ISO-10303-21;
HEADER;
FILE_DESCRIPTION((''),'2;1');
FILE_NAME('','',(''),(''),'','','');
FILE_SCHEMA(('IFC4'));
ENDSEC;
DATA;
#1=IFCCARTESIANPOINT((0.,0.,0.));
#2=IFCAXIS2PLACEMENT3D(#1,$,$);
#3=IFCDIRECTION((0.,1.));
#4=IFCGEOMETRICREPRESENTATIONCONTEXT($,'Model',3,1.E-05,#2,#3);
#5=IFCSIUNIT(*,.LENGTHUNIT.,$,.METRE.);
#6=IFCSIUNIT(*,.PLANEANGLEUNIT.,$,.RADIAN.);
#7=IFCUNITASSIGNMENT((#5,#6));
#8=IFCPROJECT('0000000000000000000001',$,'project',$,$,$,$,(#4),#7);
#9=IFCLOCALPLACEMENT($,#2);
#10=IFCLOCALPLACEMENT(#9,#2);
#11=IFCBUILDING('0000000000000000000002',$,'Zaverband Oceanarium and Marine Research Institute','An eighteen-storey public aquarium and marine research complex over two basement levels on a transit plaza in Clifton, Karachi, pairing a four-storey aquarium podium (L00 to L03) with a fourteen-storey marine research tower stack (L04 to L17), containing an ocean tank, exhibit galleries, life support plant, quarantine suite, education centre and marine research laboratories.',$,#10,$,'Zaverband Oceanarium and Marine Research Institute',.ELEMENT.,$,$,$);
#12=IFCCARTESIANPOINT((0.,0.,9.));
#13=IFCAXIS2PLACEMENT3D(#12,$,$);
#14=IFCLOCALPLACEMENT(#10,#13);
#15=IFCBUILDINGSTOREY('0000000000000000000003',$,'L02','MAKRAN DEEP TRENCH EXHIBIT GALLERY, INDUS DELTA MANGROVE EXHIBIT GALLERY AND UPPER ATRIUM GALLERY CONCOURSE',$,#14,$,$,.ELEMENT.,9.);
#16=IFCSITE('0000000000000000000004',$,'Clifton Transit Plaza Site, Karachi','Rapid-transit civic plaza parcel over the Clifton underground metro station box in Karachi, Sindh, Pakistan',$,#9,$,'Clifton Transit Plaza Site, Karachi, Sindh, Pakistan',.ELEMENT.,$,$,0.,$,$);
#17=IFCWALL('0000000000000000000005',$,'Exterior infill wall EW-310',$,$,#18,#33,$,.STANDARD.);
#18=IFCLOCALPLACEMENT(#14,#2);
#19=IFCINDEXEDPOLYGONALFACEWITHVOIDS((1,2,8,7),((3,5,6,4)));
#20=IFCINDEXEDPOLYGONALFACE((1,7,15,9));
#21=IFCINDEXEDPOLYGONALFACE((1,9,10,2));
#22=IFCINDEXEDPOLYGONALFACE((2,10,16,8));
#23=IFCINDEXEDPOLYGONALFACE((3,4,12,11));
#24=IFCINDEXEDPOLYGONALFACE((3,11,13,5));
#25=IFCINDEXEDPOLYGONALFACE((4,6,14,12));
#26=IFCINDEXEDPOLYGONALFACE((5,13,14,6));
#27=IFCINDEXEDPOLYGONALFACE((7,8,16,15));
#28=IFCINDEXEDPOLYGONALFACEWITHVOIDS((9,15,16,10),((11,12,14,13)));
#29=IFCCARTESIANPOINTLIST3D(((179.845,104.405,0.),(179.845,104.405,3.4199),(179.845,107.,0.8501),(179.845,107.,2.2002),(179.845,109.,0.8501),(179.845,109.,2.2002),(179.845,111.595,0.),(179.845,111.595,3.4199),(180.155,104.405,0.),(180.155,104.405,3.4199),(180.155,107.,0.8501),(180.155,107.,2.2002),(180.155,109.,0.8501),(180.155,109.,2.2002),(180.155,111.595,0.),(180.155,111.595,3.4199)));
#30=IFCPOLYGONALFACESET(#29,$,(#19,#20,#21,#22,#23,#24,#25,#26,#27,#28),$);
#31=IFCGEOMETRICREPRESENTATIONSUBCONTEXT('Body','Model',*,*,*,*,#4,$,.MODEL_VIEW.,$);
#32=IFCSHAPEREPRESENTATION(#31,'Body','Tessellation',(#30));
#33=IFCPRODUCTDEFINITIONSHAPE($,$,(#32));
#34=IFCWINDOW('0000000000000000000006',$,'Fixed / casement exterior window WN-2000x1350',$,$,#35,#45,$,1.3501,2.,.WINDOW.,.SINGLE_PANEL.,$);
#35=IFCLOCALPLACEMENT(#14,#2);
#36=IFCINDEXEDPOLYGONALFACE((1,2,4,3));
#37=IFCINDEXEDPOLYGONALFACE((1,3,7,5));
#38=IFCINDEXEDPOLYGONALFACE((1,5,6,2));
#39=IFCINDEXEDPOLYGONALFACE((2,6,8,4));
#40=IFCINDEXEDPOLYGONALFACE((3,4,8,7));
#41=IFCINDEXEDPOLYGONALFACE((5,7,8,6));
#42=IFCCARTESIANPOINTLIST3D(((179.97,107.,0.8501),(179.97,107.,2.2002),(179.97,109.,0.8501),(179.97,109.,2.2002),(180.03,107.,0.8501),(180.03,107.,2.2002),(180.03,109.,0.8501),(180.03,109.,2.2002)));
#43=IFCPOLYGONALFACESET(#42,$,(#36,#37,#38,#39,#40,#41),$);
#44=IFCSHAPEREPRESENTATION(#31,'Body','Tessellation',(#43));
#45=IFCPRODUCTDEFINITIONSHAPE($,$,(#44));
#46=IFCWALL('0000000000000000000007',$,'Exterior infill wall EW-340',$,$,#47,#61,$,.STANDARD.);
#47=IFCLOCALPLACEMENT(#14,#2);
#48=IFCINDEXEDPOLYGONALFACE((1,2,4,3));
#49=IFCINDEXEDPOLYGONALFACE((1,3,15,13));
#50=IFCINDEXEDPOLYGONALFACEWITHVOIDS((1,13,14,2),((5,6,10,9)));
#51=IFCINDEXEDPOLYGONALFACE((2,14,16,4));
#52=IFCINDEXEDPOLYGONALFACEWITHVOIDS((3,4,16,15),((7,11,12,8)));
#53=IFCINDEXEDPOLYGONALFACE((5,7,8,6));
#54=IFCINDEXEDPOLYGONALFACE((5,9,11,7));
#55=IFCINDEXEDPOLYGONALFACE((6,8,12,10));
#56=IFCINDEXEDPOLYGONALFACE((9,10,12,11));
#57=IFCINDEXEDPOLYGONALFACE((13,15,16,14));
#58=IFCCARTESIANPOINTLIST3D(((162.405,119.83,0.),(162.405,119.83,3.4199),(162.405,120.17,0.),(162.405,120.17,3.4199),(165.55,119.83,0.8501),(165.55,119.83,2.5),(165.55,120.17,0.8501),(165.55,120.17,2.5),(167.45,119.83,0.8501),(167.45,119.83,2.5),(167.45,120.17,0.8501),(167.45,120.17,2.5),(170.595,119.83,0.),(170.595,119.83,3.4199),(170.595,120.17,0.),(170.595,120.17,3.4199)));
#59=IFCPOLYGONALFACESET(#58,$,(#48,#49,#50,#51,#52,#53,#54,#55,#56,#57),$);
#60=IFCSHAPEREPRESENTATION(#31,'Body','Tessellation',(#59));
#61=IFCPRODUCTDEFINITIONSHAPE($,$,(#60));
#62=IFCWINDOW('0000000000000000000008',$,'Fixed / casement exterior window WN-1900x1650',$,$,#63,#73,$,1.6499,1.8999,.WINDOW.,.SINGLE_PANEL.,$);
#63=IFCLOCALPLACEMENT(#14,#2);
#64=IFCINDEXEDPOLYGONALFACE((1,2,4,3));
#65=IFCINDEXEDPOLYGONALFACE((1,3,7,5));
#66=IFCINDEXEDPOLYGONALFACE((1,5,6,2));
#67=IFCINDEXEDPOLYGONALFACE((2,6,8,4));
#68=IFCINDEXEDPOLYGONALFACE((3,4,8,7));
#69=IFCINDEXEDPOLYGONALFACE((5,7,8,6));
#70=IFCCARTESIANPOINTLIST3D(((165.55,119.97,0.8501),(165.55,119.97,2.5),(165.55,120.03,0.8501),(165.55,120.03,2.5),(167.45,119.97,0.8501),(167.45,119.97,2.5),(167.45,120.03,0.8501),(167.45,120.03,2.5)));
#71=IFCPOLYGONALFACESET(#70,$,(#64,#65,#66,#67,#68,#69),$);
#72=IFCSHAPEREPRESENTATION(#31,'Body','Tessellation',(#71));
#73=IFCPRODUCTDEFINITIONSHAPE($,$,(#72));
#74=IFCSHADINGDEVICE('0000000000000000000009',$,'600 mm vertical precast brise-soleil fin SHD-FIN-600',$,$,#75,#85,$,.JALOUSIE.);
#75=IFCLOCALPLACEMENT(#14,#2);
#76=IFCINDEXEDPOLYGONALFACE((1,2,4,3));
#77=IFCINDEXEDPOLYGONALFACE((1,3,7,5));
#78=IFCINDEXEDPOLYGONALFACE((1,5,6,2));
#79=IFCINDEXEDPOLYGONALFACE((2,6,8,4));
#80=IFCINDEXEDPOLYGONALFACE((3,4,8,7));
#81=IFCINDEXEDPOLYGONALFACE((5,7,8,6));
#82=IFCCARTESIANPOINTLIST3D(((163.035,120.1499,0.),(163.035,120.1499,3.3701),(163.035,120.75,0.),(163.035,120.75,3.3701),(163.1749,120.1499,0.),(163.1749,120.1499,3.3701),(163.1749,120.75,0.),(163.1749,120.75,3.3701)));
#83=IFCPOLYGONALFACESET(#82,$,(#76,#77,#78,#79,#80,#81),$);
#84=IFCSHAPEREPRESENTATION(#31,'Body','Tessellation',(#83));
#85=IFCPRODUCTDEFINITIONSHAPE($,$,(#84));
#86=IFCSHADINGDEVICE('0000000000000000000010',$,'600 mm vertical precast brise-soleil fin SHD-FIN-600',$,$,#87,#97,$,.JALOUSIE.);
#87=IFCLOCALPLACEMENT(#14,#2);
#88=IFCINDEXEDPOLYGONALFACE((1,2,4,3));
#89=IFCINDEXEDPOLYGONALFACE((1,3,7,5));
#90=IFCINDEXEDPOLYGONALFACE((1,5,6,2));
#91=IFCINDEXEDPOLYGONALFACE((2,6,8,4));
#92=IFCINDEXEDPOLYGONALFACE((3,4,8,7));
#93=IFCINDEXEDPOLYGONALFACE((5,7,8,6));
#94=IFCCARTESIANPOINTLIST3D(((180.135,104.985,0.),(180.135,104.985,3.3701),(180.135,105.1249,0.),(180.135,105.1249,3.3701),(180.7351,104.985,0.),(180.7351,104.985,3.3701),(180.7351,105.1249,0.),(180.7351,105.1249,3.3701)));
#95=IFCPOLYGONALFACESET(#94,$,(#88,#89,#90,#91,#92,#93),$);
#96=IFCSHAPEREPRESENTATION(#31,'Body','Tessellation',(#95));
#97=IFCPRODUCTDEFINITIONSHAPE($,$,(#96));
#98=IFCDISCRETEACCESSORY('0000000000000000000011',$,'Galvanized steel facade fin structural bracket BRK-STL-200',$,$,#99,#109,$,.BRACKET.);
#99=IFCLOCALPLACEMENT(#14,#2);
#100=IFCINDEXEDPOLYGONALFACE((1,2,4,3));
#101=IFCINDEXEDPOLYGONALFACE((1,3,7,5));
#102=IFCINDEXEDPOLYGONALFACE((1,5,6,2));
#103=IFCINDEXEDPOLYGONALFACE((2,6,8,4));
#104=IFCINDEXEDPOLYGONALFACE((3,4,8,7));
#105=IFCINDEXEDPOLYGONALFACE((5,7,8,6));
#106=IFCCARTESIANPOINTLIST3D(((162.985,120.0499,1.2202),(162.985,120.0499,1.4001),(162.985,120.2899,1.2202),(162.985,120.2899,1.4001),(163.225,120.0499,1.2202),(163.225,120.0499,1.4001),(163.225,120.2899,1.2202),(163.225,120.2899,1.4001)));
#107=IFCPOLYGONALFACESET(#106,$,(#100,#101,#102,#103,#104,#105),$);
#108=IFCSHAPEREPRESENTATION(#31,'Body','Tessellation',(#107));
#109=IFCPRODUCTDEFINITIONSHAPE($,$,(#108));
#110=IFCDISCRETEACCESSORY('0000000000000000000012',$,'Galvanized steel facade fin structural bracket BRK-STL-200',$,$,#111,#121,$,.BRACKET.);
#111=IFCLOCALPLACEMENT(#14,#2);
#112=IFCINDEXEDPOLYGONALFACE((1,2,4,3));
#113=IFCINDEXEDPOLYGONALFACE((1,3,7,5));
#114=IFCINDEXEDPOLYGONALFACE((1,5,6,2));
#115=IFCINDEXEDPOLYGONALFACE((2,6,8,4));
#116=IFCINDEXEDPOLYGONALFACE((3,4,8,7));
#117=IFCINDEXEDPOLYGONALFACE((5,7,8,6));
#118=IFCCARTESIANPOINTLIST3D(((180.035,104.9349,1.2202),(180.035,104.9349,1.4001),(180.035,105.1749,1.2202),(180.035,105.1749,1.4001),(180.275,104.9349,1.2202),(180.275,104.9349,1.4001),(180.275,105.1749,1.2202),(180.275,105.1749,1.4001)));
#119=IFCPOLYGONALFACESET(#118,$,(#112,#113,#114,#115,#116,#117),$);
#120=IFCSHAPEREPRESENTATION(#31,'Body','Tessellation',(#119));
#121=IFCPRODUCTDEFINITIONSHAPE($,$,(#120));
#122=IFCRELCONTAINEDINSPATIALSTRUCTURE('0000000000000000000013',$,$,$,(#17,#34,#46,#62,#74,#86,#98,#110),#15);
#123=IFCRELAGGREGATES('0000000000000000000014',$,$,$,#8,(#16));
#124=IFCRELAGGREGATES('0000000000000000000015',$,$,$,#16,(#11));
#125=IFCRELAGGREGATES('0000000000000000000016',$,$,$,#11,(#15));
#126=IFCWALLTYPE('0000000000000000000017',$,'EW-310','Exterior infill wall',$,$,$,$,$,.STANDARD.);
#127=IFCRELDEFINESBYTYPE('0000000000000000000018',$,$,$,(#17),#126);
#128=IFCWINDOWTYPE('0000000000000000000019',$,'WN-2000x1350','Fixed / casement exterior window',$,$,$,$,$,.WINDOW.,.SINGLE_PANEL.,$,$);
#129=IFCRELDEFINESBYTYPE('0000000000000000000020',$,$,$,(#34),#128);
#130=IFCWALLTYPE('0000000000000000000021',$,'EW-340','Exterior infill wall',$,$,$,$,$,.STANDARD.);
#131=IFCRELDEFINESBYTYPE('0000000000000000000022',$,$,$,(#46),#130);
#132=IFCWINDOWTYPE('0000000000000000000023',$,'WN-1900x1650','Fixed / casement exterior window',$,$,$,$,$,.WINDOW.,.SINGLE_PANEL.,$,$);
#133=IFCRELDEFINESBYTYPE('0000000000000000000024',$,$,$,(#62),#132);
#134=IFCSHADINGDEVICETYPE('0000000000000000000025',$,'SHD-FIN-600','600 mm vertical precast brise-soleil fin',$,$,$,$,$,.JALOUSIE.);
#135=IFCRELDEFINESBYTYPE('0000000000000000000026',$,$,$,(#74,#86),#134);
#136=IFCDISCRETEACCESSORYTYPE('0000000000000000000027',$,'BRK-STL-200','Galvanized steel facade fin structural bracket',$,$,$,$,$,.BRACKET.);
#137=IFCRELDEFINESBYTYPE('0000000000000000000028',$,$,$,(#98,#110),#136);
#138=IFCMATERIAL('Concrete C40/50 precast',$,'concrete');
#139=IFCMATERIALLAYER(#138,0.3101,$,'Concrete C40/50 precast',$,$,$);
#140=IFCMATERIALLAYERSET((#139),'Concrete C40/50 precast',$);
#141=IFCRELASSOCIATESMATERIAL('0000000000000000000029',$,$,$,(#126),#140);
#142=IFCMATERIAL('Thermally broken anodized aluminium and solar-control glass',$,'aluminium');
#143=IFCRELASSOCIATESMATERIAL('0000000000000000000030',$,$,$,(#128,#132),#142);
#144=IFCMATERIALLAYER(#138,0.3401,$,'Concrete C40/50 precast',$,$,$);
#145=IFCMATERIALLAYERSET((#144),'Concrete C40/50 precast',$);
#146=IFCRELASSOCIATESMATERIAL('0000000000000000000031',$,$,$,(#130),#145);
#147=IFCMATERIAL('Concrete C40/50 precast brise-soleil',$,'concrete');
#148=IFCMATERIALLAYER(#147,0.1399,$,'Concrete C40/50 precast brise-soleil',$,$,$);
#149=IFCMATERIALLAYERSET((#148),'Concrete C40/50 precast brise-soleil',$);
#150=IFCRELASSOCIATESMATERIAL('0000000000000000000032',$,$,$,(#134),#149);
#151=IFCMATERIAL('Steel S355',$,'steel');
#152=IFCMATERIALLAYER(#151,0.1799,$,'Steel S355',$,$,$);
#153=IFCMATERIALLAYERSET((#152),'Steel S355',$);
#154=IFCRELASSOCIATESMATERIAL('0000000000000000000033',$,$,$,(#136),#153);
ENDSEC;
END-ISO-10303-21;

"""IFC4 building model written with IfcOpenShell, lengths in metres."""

from ifc_helpers import new_model, si_unit, direction, frame, frame_2d, origin, origin_2d, place, context, subcontext, project, spatial, rectangle, extrude, material, layer, layer_set, type_object, element, fill, save


model = new_model("IFC4")

# Units and contexts
model_context = context("Model", 3, precision=1e-05, world=origin(), true_north=direction((0.0, 1.0)))
body_context = subcontext(model_context, "Body", "Model", "MODEL_VIEW")
ifc_project = project(units=[si_unit("LENGTHUNIT", "METRE"), si_unit("PLANEANGLEUNIT", "RADIAN")], contexts=[model_context])

# Site, building, storey
site_placement = place(None, origin())
site = spatial("IfcSite", under=ifc_project, at=site_placement, Name="Clifton Transit Plaza Site, Karachi", Description="Rapid-transit civic plaza parcel over the Clifton underground metro station box in Karachi, Sindh, Pakistan", LongName="Clifton Transit Plaza Site, Karachi, Sindh, Pakistan", CompositionType="ELEMENT", RefElevation=0.0)
building_placement = place(site_placement, origin())
building = spatial("IfcBuilding", under=site, at=building_placement, Name="Zaverband Oceanarium and Marine Research Institute", Description="An eighteen-storey public aquarium and marine research complex over two basement levels on a transit plaza in Clifton, Karachi, pairing a four-storey aquarium podium (L00 to L03) with a fourteen-storey marine research tower stack (L04 to L17), containing an ocean tank, exhibit galleries, life support plant, quarantine suite, education centre and marine research laboratories.", LongName="Zaverband Oceanarium and Marine Research Institute", CompositionType="ELEMENT")
storey_placement = place(building_placement, frame((0.0, 0.0, 9.0)))
storey = spatial("IfcBuildingStorey", under=building, at=storey_placement, Name="L02", Description="MAKRAN DEEP TRENCH EXHIBIT GALLERY, INDUS DELTA MANGROVE EXHIBIT GALLERY AND UPPER ATRIUM GALLERY CONCOURSE", CompositionType="ELEMENT", Elevation=9.0)

# Walls, openings, windows
ifc_material_1 = material(Name="Concrete C40/50 precast", Category="concrete")
ifc_material_2 = material(Name="Thermally broken anodized aluminium and solar-control glass", Category="aluminium")
ifc_layer_1 = layer(ifc_material_1, 0.3101, Name="Concrete C40/50 precast")
ifc_layer_set_1 = layer_set([ifc_layer_1], Name="Concrete C40/50 precast")
wall_type_1 = type_object("IfcWallType", Name="EW-310", Description="Exterior infill wall", PredefinedType="STANDARD", material=ifc_layer_set_1)
wall_1_placement = place(storey_placement, frame((180.0, 104.405, 0.0), z_axis=(0.0, 0.0, 1.0), x_axis=(0.0, 1.0, 0.0)))
wall_1 = element("IfcWall", 1, at=wall_1_placement, inside=storey, type_object=wall_type_1, Name="Exterior infill wall EW-310", PredefinedType="STANDARD", context=body_context, shape_type="SweptSolid", body=[
    extrude(rectangle(XDim=7.1899, YDim=0.3101, at=frame_2d((3.595, 0.0))), origin(), (0.0, 0.0, 1.0), 3.4199),
])
opening_1_placement = place(wall_1_placement, frame((2.595, 0.0, 0.8501)))
opening_1 = element("IfcOpeningElement", 2, at=opening_1_placement, cuts=wall_1, PredefinedType="OPENING", context=body_context, shape_type="SweptSolid", body=[
    extrude(rectangle(XDim=2.0, YDim=1.3501, at=frame_2d((1.0, 0.675))), frame((0.0, 0.167, 0.0), z_axis=(0.0, -1.0, 0.0), x_axis=(1.0, 0.0, 0.0)), (0.0, 0.0, 1.0), 0.334),
])
window_type_1 = type_object("IfcWindowType", Name="WN-2000x1350", Description="Fixed / casement exterior window", PartitioningType="SINGLE_PANEL", PredefinedType="WINDOW", material=ifc_material_2)
window_1_placement = place(opening_1_placement, origin())
window_1 = element("IfcWindow", 3, at=window_1_placement, inside=storey, type_object=window_type_1, Name="Fixed / casement exterior window WN-2000x1350", OverallHeight=1.3501, OverallWidth=2.0, PartitioningType="SINGLE_PANEL", PredefinedType="WINDOW", context=body_context, shape_type="SweptSolid", body=[
    extrude(rectangle(XDim=2.0, YDim=1.3501, at=frame_2d((1.0, 0.675))), frame((0.0, 0.03, 0.0), z_axis=(0.0, -1.0, 0.0), x_axis=(1.0, 0.0, 0.0)), (0.0, 0.0, 1.0), 0.0601),
])
fill(opening_1, window_1)
ifc_layer_2 = layer(ifc_material_1, 0.3401, Name="Concrete C40/50 precast")
ifc_layer_set_2 = layer_set([ifc_layer_2], Name="Concrete C40/50 precast")
wall_type_2 = type_object("IfcWallType", Name="EW-340", Description="Exterior infill wall", PredefinedType="STANDARD", material=ifc_layer_set_2)
wall_2_placement = place(storey_placement, frame((162.405, 120.0, 0.0), z_axis=(0.0, 0.0, 1.0), x_axis=(1.0, 0.0, 0.0)))
wall_2 = element("IfcWall", 4, at=wall_2_placement, inside=storey, type_object=wall_type_2, Name="Exterior infill wall EW-340", PredefinedType="STANDARD", context=body_context, shape_type="SweptSolid", body=[
    extrude(rectangle(XDim=8.1899, YDim=0.3401, at=frame_2d((4.095, 0.0))), origin(), (0.0, 0.0, 1.0), 3.4199),
])
opening_2_placement = place(wall_2_placement, frame((3.145, 0.0, 0.8501)))
opening_2 = element("IfcOpeningElement", 5, at=opening_2_placement, cuts=wall_2, PredefinedType="OPENING", context=body_context, shape_type="SweptSolid", body=[
    extrude(rectangle(XDim=1.8999, YDim=1.6499, at=frame_2d((0.95, 0.825))), frame((0.0, 0.1821, 0.0), z_axis=(0.0, -1.0, 0.0), x_axis=(1.0, 0.0, 0.0)), (0.0, 0.0, 1.0), 0.364),
])
window_type_2 = type_object("IfcWindowType", Name="WN-1900x1650", Description="Fixed / casement exterior window", PartitioningType="SINGLE_PANEL", PredefinedType="WINDOW", material=ifc_material_2)
window_2_placement = place(opening_2_placement, origin())
window_2 = element("IfcWindow", 6, at=window_2_placement, inside=storey, type_object=window_type_2, Name="Fixed / casement exterior window WN-1900x1650", OverallHeight=1.6499, OverallWidth=1.8999, PartitioningType="SINGLE_PANEL", PredefinedType="WINDOW", context=body_context, shape_type="SweptSolid", body=[
    extrude(rectangle(XDim=1.8999, YDim=1.6499, at=frame_2d((0.95, 0.825))), frame((0.0, 0.03, 0.0), z_axis=(0.0, -1.0, 0.0), x_axis=(1.0, 0.0, 0.0)), (0.0, 0.0, 1.0), 0.0601),
])
fill(opening_2, window_2)

# Shading devices
ifc_material_3 = material(Name="Concrete C40/50 precast brise-soleil", Category="concrete")
ifc_layer_3 = layer(ifc_material_3, 0.1399, Name="Concrete C40/50 precast brise-soleil")
ifc_layer_set_3 = layer_set([ifc_layer_3], Name="Concrete C40/50 precast brise-soleil")
shading_device_type = type_object("IfcShadingDeviceType", Name="SHD-FIN-600", Description="600 mm vertical precast brise-soleil fin", PredefinedType="JALOUSIE", material=ifc_layer_set_3)
for number, where, z_axis, x_axis, name in (
    (7, (163.105, 120.1499, 0.0), (0.0, 0.0, 1.0), (0.0, 1.0, 0.0), "600 mm vertical precast brise-soleil fin SHD-FIN-600"),
    (8, (180.135, 105.0549, 0.0), (0.0, 0.0, 1.0), (1.0, 0.0, 0.0), "600 mm vertical precast brise-soleil fin SHD-FIN-600"),
):
    element("IfcShadingDevice", number, at=place(storey_placement, frame(where, z_axis=z_axis, x_axis=x_axis)), inside=storey, type_object=shading_device_type, Name=name, PredefinedType="JALOUSIE", context=body_context, shape_type="SweptSolid", body=[
        extrude(rectangle(XDim=0.6001, YDim=0.1399, at=frame_2d((0.3, 0.0))), origin(), (0.0, 0.0, 1.0), 3.3701),
    ])

# Discrete accessories
ifc_material_4 = material(Name="Steel S355", Category="steel")
ifc_layer_4 = layer(ifc_material_4, 0.1799, Name="Steel S355")
ifc_layer_set_4 = layer_set([ifc_layer_4], Name="Steel S355")
discrete_accessory_type = type_object("IfcDiscreteAccessoryType", Name="BRK-STL-200", Description="Galvanized steel facade fin structural bracket", PredefinedType="BRACKET", material=ifc_layer_set_4)
for number, where, z_axis, x_axis, name in (
    (9, (163.105, 120.1699, 1.2202), (0.0, 0.0, 1.0), (1.0, 0.0, 0.0), "Galvanized steel facade fin structural bracket BRK-STL-200"),
    (10, (180.155, 105.0549, 1.2202), (0.0, 0.0, 1.0), (1.0, 0.0, 0.0), "Galvanized steel facade fin structural bracket BRK-STL-200"),
):
    element("IfcDiscreteAccessory", number, at=place(storey_placement, frame(where, z_axis=z_axis, x_axis=x_axis)), inside=storey, type_object=discrete_accessory_type, Name=name, PredefinedType="BRACKET", context=body_context, shape_type="SweptSolid", body=[
        extrude(rectangle(XDim=0.24, YDim=0.24, at=origin_2d()), origin(), (0.0, 0.0, 1.0), 0.1799),
    ])

save(model, "model.ifc")
